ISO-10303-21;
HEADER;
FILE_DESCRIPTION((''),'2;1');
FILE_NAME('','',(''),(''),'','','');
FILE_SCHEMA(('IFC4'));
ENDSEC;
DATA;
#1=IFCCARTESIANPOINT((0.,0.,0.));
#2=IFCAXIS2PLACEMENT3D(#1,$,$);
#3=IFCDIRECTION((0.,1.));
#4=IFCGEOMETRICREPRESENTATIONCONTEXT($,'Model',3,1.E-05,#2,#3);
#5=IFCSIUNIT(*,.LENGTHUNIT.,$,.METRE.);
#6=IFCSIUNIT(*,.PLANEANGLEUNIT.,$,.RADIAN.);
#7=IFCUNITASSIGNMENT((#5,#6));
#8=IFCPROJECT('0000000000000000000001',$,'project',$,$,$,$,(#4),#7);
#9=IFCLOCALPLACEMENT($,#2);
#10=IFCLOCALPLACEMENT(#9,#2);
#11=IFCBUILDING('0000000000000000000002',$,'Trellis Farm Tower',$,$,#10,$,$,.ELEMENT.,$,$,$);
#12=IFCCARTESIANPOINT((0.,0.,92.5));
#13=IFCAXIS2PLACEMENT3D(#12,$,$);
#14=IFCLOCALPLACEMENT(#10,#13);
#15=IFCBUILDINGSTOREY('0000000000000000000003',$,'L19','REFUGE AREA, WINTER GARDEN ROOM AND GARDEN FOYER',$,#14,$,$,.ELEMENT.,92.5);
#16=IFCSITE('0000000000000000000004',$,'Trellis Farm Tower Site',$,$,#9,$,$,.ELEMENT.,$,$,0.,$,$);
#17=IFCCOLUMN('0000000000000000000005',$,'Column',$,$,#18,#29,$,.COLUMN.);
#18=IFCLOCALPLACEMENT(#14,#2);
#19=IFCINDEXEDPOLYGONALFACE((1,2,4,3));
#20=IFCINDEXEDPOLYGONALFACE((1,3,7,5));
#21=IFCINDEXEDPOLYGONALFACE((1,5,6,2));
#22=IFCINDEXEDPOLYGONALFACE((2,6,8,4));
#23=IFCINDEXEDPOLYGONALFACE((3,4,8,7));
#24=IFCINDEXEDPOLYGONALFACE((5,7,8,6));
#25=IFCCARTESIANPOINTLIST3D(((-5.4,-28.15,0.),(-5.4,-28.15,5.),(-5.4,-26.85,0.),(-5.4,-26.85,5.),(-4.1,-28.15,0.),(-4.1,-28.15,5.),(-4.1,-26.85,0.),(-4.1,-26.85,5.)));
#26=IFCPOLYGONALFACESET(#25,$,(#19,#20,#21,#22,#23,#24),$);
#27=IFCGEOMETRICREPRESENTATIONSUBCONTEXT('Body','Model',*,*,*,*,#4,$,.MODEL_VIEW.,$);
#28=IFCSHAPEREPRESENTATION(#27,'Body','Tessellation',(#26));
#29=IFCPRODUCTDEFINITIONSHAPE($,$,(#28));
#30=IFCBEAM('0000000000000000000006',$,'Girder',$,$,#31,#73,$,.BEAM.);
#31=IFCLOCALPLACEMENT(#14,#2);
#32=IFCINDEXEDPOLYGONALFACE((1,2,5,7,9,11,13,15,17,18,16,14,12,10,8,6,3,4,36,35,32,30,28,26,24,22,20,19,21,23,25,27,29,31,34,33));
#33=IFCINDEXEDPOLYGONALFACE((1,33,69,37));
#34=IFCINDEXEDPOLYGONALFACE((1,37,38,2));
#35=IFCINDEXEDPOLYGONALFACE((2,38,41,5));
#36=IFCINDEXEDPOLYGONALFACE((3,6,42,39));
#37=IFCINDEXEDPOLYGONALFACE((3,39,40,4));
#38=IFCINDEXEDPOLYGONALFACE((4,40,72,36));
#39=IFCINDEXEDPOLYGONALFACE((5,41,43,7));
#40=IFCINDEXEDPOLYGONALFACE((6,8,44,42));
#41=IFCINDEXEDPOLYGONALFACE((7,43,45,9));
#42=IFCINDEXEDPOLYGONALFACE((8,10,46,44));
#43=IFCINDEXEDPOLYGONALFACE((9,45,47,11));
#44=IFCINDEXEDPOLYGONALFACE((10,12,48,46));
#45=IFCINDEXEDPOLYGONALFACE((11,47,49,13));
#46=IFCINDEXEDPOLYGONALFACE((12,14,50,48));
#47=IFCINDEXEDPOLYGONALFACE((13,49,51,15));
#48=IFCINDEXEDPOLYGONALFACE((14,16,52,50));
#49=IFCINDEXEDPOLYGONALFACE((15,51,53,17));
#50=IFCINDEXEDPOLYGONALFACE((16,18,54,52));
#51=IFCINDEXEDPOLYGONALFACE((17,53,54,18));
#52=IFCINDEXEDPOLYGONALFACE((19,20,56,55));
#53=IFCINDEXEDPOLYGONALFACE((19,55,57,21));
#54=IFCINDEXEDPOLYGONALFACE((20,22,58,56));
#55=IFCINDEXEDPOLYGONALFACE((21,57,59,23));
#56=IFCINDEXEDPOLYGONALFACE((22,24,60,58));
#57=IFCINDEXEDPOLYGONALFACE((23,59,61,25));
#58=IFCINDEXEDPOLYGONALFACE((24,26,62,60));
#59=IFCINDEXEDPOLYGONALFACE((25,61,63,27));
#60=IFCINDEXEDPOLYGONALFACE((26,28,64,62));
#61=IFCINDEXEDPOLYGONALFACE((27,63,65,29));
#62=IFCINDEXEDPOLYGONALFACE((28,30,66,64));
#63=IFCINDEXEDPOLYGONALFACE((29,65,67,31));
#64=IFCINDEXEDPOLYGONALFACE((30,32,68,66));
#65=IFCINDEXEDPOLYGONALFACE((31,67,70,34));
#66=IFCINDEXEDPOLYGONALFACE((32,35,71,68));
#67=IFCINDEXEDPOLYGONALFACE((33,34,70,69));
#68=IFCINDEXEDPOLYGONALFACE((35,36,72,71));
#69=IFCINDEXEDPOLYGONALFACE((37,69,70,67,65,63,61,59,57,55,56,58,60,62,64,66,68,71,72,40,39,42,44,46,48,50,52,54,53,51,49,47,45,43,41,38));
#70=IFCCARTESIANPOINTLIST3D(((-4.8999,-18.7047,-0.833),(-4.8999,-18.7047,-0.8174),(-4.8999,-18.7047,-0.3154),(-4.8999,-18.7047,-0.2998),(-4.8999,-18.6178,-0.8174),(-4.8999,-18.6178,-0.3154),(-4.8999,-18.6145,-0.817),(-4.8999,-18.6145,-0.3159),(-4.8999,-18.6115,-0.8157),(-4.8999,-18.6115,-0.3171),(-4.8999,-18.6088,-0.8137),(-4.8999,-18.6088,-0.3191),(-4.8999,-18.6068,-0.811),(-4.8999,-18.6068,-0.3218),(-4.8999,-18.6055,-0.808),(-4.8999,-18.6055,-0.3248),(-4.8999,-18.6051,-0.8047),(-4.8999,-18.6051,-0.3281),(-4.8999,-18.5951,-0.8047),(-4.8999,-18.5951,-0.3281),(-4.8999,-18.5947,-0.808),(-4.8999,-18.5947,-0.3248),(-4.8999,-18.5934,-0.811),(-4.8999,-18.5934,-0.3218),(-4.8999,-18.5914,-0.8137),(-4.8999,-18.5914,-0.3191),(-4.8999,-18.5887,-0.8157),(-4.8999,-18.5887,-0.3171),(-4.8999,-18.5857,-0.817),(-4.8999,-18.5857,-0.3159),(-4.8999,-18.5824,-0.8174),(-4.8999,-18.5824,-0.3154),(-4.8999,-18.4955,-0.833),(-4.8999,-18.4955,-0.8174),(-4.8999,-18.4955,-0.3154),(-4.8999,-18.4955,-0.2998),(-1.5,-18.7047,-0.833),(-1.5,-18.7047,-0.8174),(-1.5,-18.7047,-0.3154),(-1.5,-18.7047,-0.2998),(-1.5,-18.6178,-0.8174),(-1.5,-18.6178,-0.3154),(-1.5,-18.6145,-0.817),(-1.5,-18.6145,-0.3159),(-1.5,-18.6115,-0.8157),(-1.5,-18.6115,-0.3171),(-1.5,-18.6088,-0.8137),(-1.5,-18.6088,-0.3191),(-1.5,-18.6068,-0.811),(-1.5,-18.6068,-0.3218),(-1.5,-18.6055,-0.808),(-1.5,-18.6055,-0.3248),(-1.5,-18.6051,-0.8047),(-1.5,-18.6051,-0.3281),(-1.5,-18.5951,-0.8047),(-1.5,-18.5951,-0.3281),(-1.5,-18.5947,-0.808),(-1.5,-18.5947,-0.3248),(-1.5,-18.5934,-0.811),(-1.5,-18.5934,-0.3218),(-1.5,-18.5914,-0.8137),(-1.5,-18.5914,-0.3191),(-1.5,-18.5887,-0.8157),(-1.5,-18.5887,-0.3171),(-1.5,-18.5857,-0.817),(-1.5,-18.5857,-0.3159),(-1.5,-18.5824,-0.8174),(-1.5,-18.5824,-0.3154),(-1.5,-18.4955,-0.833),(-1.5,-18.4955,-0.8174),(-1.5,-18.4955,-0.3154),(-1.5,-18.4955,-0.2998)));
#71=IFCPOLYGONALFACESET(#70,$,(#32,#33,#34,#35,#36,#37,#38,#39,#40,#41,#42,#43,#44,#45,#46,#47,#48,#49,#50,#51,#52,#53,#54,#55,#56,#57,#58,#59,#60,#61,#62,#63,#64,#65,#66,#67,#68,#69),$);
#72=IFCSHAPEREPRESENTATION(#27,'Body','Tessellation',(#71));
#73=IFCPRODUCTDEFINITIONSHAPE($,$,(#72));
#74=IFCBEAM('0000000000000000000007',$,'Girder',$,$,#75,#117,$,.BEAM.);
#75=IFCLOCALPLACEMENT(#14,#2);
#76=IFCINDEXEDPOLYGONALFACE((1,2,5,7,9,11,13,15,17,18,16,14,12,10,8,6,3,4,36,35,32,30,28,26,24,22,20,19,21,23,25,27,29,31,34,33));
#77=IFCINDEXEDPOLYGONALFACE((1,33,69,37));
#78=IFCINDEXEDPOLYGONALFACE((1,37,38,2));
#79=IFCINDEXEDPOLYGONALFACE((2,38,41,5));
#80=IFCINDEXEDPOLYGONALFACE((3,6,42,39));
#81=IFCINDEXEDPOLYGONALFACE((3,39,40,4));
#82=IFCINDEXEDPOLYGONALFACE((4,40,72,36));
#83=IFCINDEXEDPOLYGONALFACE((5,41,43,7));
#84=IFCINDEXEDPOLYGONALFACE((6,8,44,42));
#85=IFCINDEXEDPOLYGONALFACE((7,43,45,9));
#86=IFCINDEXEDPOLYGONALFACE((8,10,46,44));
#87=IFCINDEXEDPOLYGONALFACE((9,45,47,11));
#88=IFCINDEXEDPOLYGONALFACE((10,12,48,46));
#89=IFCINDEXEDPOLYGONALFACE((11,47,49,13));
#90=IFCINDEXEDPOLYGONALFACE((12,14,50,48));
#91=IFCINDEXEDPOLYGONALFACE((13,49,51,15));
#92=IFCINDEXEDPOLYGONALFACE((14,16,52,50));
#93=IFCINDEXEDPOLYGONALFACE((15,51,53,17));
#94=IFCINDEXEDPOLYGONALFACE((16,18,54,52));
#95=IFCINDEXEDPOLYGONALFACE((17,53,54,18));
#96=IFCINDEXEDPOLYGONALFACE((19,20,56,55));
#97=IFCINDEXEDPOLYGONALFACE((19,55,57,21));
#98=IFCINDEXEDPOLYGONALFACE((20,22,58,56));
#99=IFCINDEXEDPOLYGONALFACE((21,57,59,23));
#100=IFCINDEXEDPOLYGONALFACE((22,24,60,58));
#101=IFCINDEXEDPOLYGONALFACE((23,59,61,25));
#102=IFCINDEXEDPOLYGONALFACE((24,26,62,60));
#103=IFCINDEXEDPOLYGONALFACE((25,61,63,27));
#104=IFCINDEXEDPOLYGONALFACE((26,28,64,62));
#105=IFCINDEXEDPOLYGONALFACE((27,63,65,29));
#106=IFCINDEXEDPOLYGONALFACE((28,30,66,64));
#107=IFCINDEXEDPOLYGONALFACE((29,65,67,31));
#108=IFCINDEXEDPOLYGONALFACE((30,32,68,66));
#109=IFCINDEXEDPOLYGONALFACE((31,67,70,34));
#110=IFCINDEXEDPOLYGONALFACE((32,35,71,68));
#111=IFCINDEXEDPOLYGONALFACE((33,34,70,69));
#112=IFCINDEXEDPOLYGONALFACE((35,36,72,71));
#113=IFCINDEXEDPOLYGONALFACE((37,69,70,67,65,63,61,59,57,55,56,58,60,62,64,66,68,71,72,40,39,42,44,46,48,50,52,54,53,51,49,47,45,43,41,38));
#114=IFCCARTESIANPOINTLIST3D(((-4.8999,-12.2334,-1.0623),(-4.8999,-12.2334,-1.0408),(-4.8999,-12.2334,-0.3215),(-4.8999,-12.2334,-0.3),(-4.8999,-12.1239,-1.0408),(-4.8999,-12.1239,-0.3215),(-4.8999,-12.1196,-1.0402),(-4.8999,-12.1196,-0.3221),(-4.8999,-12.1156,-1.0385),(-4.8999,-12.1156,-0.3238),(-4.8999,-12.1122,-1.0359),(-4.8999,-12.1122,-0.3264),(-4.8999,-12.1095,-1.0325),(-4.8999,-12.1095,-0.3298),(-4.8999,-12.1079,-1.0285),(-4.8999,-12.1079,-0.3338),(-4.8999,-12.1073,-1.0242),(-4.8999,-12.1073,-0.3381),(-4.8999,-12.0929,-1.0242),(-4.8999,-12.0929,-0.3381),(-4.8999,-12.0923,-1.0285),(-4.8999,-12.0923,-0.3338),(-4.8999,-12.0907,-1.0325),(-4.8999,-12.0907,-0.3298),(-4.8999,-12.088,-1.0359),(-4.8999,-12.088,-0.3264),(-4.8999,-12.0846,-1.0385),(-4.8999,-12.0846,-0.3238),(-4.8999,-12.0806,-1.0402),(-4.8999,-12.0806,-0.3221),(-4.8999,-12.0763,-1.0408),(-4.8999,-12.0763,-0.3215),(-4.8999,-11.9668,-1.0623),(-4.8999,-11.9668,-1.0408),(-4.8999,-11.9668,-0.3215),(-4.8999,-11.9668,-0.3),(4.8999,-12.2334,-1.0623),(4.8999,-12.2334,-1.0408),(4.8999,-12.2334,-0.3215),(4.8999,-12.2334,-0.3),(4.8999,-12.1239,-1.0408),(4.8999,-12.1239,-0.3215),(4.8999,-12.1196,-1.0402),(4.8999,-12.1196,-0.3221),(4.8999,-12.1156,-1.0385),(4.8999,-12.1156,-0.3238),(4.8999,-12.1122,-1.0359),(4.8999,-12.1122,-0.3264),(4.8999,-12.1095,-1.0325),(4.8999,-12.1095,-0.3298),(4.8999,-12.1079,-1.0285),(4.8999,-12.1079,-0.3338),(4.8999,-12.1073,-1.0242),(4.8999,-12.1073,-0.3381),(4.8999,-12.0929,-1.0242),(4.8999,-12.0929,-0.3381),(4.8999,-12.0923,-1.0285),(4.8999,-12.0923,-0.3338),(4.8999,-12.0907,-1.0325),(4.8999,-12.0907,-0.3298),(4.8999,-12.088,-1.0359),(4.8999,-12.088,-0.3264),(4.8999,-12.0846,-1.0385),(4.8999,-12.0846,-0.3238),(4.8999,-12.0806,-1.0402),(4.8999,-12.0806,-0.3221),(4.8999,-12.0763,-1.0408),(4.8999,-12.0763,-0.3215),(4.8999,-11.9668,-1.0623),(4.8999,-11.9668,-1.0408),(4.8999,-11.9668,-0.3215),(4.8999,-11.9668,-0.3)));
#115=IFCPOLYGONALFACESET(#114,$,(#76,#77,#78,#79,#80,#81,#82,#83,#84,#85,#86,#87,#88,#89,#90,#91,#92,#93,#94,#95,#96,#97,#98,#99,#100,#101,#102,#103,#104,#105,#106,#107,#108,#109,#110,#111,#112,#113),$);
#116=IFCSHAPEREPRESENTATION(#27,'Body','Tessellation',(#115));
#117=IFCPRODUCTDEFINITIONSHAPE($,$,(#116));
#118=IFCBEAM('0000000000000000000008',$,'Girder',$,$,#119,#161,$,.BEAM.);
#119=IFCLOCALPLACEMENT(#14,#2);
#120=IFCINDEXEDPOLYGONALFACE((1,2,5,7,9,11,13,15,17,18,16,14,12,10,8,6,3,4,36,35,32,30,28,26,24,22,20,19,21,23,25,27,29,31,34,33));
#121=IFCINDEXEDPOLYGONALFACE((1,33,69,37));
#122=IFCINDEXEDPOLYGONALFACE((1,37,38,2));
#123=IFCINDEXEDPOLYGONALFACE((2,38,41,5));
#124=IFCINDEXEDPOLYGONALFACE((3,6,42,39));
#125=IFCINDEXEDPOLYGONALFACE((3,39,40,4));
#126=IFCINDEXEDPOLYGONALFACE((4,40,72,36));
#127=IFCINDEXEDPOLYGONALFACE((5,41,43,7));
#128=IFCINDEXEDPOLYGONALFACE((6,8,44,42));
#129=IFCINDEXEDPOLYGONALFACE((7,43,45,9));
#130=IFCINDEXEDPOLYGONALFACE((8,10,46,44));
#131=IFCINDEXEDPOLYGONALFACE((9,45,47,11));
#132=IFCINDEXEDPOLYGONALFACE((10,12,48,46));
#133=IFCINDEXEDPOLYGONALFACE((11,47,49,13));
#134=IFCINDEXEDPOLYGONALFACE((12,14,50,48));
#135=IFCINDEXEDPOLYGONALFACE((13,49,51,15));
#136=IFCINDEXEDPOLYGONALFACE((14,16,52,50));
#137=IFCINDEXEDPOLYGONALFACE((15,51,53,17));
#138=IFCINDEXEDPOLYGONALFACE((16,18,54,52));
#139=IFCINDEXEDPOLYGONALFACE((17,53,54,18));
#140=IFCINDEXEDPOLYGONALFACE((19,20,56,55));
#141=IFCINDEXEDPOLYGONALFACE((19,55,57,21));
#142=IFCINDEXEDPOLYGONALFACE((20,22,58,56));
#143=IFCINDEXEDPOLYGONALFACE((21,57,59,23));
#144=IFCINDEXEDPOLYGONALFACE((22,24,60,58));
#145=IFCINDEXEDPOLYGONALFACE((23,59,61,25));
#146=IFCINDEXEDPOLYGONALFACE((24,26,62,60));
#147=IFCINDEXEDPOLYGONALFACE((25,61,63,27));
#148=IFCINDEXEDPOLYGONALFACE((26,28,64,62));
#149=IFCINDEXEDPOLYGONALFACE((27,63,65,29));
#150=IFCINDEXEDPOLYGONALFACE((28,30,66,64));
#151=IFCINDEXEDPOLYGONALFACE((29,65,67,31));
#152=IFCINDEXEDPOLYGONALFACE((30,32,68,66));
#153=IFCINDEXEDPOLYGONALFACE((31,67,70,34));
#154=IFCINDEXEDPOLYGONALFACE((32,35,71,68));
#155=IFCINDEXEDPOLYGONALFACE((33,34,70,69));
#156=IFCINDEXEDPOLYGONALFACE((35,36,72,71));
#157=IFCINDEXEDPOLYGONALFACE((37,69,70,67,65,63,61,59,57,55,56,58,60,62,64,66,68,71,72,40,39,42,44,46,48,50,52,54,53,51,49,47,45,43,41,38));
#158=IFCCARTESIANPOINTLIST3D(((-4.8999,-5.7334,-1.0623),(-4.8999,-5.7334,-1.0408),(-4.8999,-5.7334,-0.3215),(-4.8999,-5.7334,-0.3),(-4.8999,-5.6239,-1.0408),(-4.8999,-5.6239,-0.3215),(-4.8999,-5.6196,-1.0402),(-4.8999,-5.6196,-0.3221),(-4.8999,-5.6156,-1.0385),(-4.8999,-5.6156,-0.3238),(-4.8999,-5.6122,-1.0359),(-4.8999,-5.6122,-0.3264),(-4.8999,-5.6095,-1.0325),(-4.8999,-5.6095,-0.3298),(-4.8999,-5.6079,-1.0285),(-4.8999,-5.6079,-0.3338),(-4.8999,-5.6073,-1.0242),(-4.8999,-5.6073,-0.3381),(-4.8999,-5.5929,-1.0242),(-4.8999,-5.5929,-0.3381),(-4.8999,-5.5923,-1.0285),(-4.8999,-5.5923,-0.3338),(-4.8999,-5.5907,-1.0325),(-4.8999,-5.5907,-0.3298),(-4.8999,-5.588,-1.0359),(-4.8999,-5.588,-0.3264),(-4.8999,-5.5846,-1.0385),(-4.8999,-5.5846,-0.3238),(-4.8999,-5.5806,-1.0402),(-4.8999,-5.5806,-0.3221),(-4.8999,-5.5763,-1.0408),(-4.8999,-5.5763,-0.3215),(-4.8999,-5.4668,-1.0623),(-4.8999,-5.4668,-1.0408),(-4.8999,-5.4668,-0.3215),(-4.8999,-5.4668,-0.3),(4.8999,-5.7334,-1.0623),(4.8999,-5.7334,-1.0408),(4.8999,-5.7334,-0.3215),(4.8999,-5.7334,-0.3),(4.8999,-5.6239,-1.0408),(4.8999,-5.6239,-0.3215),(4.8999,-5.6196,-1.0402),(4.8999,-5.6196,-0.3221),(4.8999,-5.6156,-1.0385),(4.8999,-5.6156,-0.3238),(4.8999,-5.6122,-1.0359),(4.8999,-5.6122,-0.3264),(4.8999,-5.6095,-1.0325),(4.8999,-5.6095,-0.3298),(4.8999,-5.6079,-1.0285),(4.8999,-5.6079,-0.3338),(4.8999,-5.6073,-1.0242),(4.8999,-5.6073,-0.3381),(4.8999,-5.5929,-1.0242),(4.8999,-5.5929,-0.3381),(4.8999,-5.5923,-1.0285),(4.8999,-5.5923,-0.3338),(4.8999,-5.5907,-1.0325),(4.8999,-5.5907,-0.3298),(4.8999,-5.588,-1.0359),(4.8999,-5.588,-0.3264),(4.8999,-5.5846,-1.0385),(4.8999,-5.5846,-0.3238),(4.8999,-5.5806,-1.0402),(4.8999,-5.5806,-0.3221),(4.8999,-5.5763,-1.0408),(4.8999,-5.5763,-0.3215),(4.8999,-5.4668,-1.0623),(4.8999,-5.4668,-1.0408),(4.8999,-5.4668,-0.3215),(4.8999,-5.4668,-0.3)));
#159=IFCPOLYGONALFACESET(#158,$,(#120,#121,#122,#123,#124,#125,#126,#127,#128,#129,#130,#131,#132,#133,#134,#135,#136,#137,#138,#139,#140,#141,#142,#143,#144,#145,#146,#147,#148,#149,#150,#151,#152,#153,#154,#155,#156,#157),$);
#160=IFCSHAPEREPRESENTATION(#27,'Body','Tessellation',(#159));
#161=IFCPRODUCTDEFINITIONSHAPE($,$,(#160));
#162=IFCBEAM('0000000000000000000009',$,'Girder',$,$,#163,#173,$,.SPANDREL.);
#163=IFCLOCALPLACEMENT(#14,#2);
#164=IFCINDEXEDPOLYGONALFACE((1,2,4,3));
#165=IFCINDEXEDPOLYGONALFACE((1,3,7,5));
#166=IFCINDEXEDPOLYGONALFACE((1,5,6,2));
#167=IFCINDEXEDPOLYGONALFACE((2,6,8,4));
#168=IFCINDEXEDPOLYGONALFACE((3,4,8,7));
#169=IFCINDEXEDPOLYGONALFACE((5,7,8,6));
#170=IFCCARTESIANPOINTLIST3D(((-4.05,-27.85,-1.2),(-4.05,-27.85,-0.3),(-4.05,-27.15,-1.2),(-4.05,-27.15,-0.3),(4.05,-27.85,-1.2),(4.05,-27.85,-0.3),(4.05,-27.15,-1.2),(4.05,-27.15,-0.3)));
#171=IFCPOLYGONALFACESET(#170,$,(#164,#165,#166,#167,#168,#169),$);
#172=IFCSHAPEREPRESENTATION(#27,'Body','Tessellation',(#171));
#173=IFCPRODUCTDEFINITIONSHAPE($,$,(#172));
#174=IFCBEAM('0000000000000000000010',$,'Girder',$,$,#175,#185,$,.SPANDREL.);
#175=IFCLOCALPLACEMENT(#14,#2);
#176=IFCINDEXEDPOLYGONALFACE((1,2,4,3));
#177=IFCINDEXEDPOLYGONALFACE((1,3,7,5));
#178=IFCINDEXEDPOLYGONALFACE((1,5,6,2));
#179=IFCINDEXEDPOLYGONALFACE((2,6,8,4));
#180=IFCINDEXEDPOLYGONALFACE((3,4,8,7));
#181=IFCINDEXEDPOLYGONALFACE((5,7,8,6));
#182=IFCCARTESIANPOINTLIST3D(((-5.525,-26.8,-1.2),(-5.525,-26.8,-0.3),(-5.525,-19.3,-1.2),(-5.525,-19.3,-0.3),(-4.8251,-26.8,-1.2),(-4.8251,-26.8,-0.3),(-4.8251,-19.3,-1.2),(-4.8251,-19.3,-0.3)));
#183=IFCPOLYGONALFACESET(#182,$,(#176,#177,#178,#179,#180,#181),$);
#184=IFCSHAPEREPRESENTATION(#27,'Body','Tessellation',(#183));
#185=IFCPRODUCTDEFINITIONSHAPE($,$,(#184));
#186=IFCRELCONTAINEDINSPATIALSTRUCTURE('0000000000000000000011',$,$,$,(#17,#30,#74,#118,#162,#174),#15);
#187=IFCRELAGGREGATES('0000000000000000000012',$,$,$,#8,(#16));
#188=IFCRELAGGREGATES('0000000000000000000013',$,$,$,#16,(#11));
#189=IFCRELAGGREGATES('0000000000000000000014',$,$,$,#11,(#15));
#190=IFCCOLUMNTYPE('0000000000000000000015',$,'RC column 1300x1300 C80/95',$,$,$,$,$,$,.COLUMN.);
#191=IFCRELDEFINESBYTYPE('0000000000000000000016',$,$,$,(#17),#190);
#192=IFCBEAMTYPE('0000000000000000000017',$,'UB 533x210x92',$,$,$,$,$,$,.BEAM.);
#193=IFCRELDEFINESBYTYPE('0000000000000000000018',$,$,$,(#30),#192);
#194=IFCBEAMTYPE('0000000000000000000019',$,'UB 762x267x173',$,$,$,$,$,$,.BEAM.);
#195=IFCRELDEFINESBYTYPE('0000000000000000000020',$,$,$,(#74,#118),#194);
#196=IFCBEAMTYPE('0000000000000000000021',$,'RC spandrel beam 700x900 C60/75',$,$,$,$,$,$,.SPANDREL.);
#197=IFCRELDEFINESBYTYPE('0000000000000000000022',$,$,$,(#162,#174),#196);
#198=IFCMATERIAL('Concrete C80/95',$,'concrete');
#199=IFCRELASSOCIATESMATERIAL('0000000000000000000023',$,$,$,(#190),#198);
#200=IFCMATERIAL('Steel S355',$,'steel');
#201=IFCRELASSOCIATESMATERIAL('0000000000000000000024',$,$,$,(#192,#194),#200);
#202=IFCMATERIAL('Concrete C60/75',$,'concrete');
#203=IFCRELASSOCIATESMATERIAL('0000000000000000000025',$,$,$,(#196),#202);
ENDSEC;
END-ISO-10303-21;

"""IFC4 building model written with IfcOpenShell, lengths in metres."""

from ifc_helpers import new_model, si_unit, direction, frame, origin, origin_2d, place, context, subcontext, project, spatial, rectangle, i_section, extrude, source, transform, mapped, material, material_profile, profile_set, type_object, element, save


model = new_model("IFC4")

# Units and contexts
model_context = context("Model", 3, precision=1e-05, world=origin(), true_north=direction((0.0, 1.0)))
body_context = subcontext(model_context, "Body", "Model", "MODEL_VIEW")
ifc_project = project(units=[si_unit("LENGTHUNIT", "METRE"), si_unit("PLANEANGLEUNIT", "RADIAN")], contexts=[model_context])

# Site, building, storey
site_placement = place(None, origin())
site = spatial("IfcSite", under=ifc_project, at=site_placement, Name="Trellis Farm Tower Site", CompositionType="ELEMENT", RefElevation=0.0)
building_placement = place(site_placement, origin())
building = spatial("IfcBuilding", under=site, at=building_placement, Name="Trellis Farm Tower", CompositionType="ELEMENT")
storey_placement = place(building_placement, frame((0.0, 0.0, 92.5)))
storey = spatial("IfcBuildingStorey", under=building, at=storey_placement, Name="L19", Description="REFUGE AREA, WINTER GARDEN ROOM AND GARDEN FOYER", CompositionType="ELEMENT", Elevation=92.5)

# Column
ifc_material_1 = material(Name="Concrete C80/95", Category="concrete")
ifc_material_profile_1 = material_profile(ifc_material_1, rectangle(XDim=1.3, YDim=1.3, at=origin_2d()), Name="RC column 1300x1300 C80/95")
ifc_profile_set_1 = profile_set([ifc_material_profile_1], Name="Concrete C80/95")
column_type = type_object("IfcColumnType", Name="RC column 1300x1300 C80/95", PredefinedType="COLUMN", material=ifc_profile_set_1)
shared_shape_1 = source(origin(), body_context, "Body", "SweptSolid", [
    extrude(rectangle(XDim=1.3, YDim=1.3, at=origin_2d()), origin(), (0.0, 0.0, 1.0), 5.0),
])
column_placement = place(storey_placement, frame((-4.75, -27.5, 0.0), z_axis=(0.0, 0.0, 1.0), x_axis=(1.0, 0.0, 0.0)))
element("IfcColumn", 1, at=column_placement, inside=storey, type_object=column_type, Name="Column", PredefinedType="COLUMN", context=body_context, shape_type="MappedRepresentation", body=[
    mapped(shared_shape_1, transform((0.0, 0.0, 0.0))),
])

# Beams
ifc_material_2 = material(Name="Steel S355", Category="steel")
ifc_material_profile_2 = material_profile(ifc_material_2, i_section(OverallWidth=0.2092, OverallDepth=0.5332, WebThickness=0.01, FlangeThickness=0.0156, FilletRadius=0.0127, at=origin_2d()), Name="UB 533x210x92")
ifc_profile_set_2 = profile_set([ifc_material_profile_2], Name="Steel S355")
beam_type_1 = type_object("IfcBeamType", Name="UB 533x210x92", PredefinedType="BEAM", material=ifc_profile_set_2)
shared_shape_2 = source(origin(), body_context, "Body", "SweptSolid", [
    extrude(i_section(OverallWidth=0.2092, OverallDepth=0.5332, WebThickness=0.01, FlangeThickness=0.0156, FilletRadius=0.0127, at=origin_2d()), origin(), (0.0, 0.0, 1.0), 3.3999),
])
beam_1_placement = place(storey_placement, frame((-4.8999, -18.6001, -0.5664), z_axis=(1.0, 0.0, 0.0), x_axis=(0.0, 1.0, 0.0)))
element("IfcBeam", 2, at=beam_1_placement, inside=storey, type_object=beam_type_1, Name="Girder", PredefinedType="BEAM", context=body_context, shape_type="MappedRepresentation", body=[
    mapped(shared_shape_2, transform((0.0, 0.0, 0.0))),
])
ifc_material_profile_3 = material_profile(ifc_material_2, i_section(OverallWidth=0.2666, OverallDepth=0.7622, WebThickness=0.0144, FlangeThickness=0.0215, FilletRadius=0.0166, at=origin_2d()), Name="UB 762x267x173")
ifc_profile_set_3 = profile_set([ifc_material_profile_3], Name="Steel S355")
beam_type_2 = type_object("IfcBeamType", Name="UB 762x267x173", PredefinedType="BEAM", material=ifc_profile_set_3)
shared_shape_3 = source(origin(), body_context, "Body", "SweptSolid", [
    extrude(i_section(OverallWidth=0.2666, OverallDepth=0.7622, WebThickness=0.0144, FlangeThickness=0.0215, FilletRadius=0.0166, at=origin_2d()), origin(), (0.0, 0.0, 1.0), 9.7998),
])
for number, where, z_axis, x_axis, name in (
    (3, (-4.8999, -12.1001, -0.6812), (1.0, 0.0, 0.0), (0.0, 1.0, 0.0), "Girder"),
    (4, (-4.8999, -5.6001, -0.6812), (1.0, 0.0, 0.0), (0.0, 1.0, 0.0), "Girder"),
):
    element("IfcBeam", number, at=place(storey_placement, frame(where, z_axis=z_axis, x_axis=x_axis)), inside=storey, type_object=beam_type_2, Name=name, PredefinedType="BEAM", context=body_context, shape_type="MappedRepresentation", body=[
        mapped(shared_shape_3, transform((0.0, 0.0, 0.0))),
    ])
ifc_material_3 = material(Name="Concrete C60/75", Category="concrete")
ifc_material_profile_4 = material_profile(ifc_material_3, rectangle(XDim=0.7, YDim=0.8999, at=origin_2d()), Name="RC spandrel beam 700x900 C60/75")
ifc_profile_set_4 = profile_set([ifc_material_profile_4], Name="Concrete C60/75")
beam_type_3 = type_object("IfcBeamType", Name="RC spandrel beam 700x900 C60/75", PredefinedType="SPANDREL", material=ifc_profile_set_4)
shared_shape_4 = source(origin(), body_context, "Body", "SweptSolid", [
    extrude(rectangle(XDim=0.7, YDim=0.8999, at=origin_2d()), origin(), (0.0, 0.0, 1.0), 8.1001),
])
beam_2_placement = place(storey_placement, frame((-4.05, -27.5, -0.75), z_axis=(1.0, 0.0, 0.0), x_axis=(0.0, 1.0, 0.0)))
element("IfcBeam", 5, at=beam_2_placement, inside=storey, type_object=beam_type_3, Name="Girder", PredefinedType="SPANDREL", context=body_context, shape_type="MappedRepresentation", body=[
    mapped(shared_shape_4, transform((0.0, 0.0, 0.0))),
])
shared_shape_5 = source(origin(), body_context, "Body", "SweptSolid", [
    extrude(rectangle(XDim=0.7, YDim=0.8999, at=origin_2d()), origin(), (0.0, 0.0, 1.0), 7.5),
])
beam_3_placement = place(storey_placement, frame((-5.175, -26.8, -0.75), z_axis=(0.0, 1.0, 0.0), x_axis=(-1.0, 0.0, 0.0)))
element("IfcBeam", 6, at=beam_3_placement, inside=storey, type_object=beam_type_3, Name="Girder", PredefinedType="SPANDREL", context=body_context, shape_type="MappedRepresentation", body=[
    mapped(shared_shape_5, transform((0.0, 0.0, 0.0))),
])

save(model, "model.ifc")
